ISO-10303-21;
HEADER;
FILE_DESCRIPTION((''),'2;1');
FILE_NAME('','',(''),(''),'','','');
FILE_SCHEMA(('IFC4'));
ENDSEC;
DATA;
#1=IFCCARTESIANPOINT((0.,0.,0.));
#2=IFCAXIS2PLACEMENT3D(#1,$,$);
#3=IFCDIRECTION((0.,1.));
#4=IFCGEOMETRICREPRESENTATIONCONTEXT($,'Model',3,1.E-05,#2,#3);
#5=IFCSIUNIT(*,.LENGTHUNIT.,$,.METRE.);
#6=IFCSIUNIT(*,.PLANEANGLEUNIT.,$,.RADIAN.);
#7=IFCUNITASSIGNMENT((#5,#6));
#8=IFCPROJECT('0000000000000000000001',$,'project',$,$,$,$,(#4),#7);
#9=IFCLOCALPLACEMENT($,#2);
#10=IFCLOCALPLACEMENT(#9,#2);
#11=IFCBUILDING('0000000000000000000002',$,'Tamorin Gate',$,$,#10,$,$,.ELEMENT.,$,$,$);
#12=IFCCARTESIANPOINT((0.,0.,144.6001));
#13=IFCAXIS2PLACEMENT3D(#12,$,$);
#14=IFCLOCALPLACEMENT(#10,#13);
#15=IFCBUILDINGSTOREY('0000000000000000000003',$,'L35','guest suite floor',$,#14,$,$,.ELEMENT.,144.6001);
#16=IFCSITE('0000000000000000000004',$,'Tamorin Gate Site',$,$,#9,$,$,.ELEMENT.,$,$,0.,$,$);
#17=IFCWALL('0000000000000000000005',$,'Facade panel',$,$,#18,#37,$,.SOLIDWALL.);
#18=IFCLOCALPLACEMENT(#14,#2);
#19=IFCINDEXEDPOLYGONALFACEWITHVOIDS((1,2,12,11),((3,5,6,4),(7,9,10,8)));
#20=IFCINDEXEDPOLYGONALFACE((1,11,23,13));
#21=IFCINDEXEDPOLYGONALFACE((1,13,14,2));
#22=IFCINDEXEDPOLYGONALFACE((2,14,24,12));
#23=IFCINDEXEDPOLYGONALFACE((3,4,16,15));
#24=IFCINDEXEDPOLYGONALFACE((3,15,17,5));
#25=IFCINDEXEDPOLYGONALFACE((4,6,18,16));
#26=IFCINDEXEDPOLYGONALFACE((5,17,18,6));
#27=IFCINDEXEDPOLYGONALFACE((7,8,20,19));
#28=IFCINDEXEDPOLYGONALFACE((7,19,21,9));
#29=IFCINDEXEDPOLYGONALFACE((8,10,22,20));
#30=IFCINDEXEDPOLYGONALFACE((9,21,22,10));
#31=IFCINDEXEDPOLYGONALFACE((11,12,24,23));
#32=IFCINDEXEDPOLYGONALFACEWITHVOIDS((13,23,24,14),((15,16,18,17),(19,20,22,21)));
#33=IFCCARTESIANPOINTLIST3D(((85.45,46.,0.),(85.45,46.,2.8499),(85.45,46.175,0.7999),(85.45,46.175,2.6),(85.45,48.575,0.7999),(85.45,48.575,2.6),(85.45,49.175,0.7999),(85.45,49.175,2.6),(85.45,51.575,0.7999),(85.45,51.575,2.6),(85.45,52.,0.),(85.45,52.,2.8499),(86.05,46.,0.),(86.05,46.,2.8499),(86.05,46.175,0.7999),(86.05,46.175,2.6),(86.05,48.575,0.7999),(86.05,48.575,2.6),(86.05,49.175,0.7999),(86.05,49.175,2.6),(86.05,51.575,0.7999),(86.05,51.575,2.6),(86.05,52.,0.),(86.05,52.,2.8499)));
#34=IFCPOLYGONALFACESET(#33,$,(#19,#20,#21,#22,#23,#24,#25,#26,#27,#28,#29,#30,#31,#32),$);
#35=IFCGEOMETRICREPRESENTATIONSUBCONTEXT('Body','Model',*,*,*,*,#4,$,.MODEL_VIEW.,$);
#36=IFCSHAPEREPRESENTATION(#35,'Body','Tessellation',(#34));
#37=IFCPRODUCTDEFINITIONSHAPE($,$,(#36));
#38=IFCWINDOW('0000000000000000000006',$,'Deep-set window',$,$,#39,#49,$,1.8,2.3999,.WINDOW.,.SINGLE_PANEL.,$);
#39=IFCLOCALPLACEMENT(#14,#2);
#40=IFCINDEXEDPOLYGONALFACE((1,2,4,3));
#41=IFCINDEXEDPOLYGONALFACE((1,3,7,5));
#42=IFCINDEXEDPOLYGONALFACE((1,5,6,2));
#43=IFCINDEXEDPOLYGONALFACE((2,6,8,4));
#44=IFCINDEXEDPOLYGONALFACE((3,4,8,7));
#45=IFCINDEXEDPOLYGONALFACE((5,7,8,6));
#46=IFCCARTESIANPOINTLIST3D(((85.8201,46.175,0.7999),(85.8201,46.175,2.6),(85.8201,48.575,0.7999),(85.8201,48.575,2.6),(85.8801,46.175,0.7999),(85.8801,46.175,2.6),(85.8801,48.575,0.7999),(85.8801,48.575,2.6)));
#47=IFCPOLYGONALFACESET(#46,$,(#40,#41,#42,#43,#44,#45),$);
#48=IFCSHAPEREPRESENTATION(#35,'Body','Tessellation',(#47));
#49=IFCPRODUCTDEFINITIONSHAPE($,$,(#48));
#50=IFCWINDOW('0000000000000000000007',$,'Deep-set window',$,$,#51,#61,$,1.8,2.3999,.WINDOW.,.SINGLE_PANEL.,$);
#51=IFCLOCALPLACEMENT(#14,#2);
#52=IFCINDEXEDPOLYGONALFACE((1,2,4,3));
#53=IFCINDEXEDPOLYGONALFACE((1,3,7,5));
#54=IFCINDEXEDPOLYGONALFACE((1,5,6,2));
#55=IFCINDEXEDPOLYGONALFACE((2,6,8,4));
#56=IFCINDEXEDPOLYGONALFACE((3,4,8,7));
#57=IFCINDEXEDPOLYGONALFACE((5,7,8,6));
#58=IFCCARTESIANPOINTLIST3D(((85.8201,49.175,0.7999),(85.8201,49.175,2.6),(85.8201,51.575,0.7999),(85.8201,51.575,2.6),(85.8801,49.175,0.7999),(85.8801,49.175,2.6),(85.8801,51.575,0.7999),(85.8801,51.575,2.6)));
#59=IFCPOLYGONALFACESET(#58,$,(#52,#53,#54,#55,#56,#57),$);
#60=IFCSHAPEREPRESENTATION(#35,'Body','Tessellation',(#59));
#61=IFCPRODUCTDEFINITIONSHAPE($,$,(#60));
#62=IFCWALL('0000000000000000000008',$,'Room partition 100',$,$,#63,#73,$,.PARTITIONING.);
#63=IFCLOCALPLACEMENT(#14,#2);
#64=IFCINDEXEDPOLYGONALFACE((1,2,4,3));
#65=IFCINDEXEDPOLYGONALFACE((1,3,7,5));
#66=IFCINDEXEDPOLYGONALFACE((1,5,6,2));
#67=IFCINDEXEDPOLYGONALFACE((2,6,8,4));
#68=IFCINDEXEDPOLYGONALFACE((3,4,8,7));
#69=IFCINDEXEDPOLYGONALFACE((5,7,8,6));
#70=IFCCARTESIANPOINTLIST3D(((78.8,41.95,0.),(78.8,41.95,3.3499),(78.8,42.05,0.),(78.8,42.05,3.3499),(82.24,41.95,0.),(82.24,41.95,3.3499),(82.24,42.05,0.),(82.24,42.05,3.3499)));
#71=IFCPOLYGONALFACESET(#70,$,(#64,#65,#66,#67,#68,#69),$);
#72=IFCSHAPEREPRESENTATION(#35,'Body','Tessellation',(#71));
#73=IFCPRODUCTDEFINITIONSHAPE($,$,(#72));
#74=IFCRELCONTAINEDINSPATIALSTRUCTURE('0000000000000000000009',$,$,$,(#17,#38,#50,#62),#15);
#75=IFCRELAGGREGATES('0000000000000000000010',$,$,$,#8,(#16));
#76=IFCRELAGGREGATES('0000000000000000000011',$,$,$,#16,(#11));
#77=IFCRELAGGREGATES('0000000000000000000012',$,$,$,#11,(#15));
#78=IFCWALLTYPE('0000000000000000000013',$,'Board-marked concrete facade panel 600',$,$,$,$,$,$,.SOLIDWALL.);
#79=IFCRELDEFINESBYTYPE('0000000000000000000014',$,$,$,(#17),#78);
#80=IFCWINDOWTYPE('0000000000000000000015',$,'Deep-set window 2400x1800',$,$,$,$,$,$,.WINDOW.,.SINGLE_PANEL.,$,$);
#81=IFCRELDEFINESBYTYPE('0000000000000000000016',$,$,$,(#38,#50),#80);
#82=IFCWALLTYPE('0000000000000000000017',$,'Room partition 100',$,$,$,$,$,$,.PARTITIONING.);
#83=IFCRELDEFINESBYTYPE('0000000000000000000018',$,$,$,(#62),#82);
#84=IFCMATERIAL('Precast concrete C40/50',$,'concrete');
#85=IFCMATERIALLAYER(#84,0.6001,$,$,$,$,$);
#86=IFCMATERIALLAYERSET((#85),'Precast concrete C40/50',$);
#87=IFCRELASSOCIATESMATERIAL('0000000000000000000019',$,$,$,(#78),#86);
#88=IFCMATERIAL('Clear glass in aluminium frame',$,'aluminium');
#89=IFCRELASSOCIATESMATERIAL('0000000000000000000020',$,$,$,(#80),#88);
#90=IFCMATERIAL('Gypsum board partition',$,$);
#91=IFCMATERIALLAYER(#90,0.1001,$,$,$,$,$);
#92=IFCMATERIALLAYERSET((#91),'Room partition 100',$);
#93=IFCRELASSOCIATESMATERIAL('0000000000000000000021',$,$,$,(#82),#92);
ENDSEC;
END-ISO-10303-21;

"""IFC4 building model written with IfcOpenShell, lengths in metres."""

from ifc_helpers import new_model, si_unit, direction, frame, frame_2d, origin, place, context, subcontext, project, spatial, rectangle, extrude, material, layer, layer_set, type_object, element, fill, save


model = new_model("IFC4")

# Units and contexts
model_context = context("Model", 3, precision=1e-05, world=origin(), true_north=direction((0.0, 1.0)))
body_context = subcontext(model_context, "Body", "Model", "MODEL_VIEW")
ifc_project = project(units=[si_unit("LENGTHUNIT", "METRE"), si_unit("PLANEANGLEUNIT", "RADIAN")], contexts=[model_context])

# Site, building, storey
site_placement = place(None, origin())
site = spatial("IfcSite", under=ifc_project, at=site_placement, Name="Tamorin Gate Site", CompositionType="ELEMENT", RefElevation=0.0)
building_placement = place(site_placement, origin())
building = spatial("IfcBuilding", under=site, at=building_placement, Name="Tamorin Gate", CompositionType="ELEMENT")
storey_placement = place(building_placement, frame((0.0, 0.0, 144.6001)))
storey = spatial("IfcBuildingStorey", under=building, at=storey_placement, Name="L35", Description="guest suite floor", CompositionType="ELEMENT", Elevation=144.6001)

# Shared definitions
ifc_material_1 = material(Name="Precast concrete C40/50", Category="concrete")
ifc_layer_1 = layer(ifc_material_1, 0.6001)
ifc_layer_set_1 = layer_set([ifc_layer_1], Name="Precast concrete C40/50")
wall_type_1 = type_object("IfcWallType", Name="Board-marked concrete facade panel 600", PredefinedType="SOLIDWALL", material=ifc_layer_set_1)
ifc_material_2 = material(Name="Clear glass in aluminium frame", Category="aluminium")
window_type_1 = type_object("IfcWindowType", Name="Deep-set window 2400x1800", PartitioningType="SINGLE_PANEL", PredefinedType="WINDOW", material=ifc_material_2)

# Wall, openings, windows
wall_1_placement = place(storey_placement, frame((85.75, 46.0, 0.0), z_axis=(0.0, 0.0, 1.0), x_axis=(0.0, 1.0, 0.0)))
wall_1 = element("IfcWall", 1, at=wall_1_placement, inside=storey, type_object=wall_type_1, Name="Facade panel", PredefinedType="SOLIDWALL", context=body_context, shape_type="SweptSolid", body=[
    extrude(rectangle(XDim=6.0, YDim=0.6001, at=frame_2d((3.0, 0.0))), origin(), (0.0, 0.0, 1.0), 2.8499),
])
opening_1_placement = place(wall_1_placement, frame((0.175, 0.0, 0.8)))
opening_1 = element("IfcOpeningElement", 2, at=opening_1_placement, cuts=wall_1, PredefinedType="OPENING", context=body_context, shape_type="SweptSolid", body=[
    extrude(rectangle(XDim=2.3999, YDim=1.8, at=frame_2d((1.2, 0.8999))), frame((0.0, 0.3101, 0.0), z_axis=(0.0, -1.0, 0.0), x_axis=(1.0, 0.0, 0.0)), (0.0, 0.0, 1.0), 0.6201),
])
opening_2_placement = place(wall_1_placement, frame((3.175, 0.0, 0.8)))
opening_2 = element("IfcOpeningElement", 3, at=opening_2_placement, cuts=wall_1, PredefinedType="OPENING", context=body_context, shape_type="SweptSolid", body=[
    extrude(rectangle(XDim=2.3999, YDim=1.8, at=frame_2d((1.2, 0.8999))), frame((0.0, 0.3101, 0.0), z_axis=(0.0, -1.0, 0.0), x_axis=(1.0, 0.0, 0.0)), (0.0, 0.0, 1.0), 0.6201),
])
window_1_placement = place(opening_1_placement, origin())
window_1 = element("IfcWindow", 4, at=window_1_placement, inside=storey, type_object=window_type_1, Name="Deep-set window", OverallHeight=1.8, OverallWidth=2.3999, PartitioningType="SINGLE_PANEL", PredefinedType="WINDOW", context=body_context, shape_type="SweptSolid", body=[
    extrude(rectangle(XDim=2.3999, YDim=1.8, at=frame_2d((1.2, 0.8999))), frame((0.0, -0.0701, 0.0), z_axis=(0.0, -1.0, 0.0), x_axis=(1.0, 0.0, 0.0)), (0.0, 0.0, 1.0), 0.0601),
])
fill(opening_1, window_1)
window_2_placement = place(opening_2_placement, origin())
window_2 = element("IfcWindow", 5, at=window_2_placement, inside=storey, type_object=window_type_1, Name="Deep-set window", OverallHeight=1.8, OverallWidth=2.3999, PartitioningType="SINGLE_PANEL", PredefinedType="WINDOW", context=body_context, shape_type="SweptSolid", body=[
    extrude(rectangle(XDim=2.3999, YDim=1.8, at=frame_2d((1.2, 0.8999))), frame((0.0, -0.0701, 0.0), z_axis=(0.0, -1.0, 0.0), x_axis=(1.0, 0.0, 0.0)), (0.0, 0.0, 1.0), 0.0601),
])
fill(opening_2, window_2)

# Wall
ifc_material_3 = material(Name="Gypsum board partition")
ifc_layer_2 = layer(ifc_material_3, 0.1001)
ifc_layer_set_2 = layer_set([ifc_layer_2], Name="Room partition 100")
wall_type_2 = type_object("IfcWallType", Name="Room partition 100", PredefinedType="PARTITIONING", material=ifc_layer_set_2)
wall_2_placement = place(storey_placement, frame((78.8, 42.0, 0.0), z_axis=(0.0, 0.0, 1.0), x_axis=(1.0, 0.0, 0.0)))
element("IfcWall", 6, at=wall_2_placement, inside=storey, type_object=wall_type_2, Name="Room partition 100", PredefinedType="PARTITIONING", context=body_context, shape_type="SweptSolid", body=[
    extrude(rectangle(XDim=3.4399, YDim=0.1001, at=frame_2d((1.72, 0.0))), origin(), (0.0, 0.0, 1.0), 3.3499),
])

save(model, "model.ifc")
